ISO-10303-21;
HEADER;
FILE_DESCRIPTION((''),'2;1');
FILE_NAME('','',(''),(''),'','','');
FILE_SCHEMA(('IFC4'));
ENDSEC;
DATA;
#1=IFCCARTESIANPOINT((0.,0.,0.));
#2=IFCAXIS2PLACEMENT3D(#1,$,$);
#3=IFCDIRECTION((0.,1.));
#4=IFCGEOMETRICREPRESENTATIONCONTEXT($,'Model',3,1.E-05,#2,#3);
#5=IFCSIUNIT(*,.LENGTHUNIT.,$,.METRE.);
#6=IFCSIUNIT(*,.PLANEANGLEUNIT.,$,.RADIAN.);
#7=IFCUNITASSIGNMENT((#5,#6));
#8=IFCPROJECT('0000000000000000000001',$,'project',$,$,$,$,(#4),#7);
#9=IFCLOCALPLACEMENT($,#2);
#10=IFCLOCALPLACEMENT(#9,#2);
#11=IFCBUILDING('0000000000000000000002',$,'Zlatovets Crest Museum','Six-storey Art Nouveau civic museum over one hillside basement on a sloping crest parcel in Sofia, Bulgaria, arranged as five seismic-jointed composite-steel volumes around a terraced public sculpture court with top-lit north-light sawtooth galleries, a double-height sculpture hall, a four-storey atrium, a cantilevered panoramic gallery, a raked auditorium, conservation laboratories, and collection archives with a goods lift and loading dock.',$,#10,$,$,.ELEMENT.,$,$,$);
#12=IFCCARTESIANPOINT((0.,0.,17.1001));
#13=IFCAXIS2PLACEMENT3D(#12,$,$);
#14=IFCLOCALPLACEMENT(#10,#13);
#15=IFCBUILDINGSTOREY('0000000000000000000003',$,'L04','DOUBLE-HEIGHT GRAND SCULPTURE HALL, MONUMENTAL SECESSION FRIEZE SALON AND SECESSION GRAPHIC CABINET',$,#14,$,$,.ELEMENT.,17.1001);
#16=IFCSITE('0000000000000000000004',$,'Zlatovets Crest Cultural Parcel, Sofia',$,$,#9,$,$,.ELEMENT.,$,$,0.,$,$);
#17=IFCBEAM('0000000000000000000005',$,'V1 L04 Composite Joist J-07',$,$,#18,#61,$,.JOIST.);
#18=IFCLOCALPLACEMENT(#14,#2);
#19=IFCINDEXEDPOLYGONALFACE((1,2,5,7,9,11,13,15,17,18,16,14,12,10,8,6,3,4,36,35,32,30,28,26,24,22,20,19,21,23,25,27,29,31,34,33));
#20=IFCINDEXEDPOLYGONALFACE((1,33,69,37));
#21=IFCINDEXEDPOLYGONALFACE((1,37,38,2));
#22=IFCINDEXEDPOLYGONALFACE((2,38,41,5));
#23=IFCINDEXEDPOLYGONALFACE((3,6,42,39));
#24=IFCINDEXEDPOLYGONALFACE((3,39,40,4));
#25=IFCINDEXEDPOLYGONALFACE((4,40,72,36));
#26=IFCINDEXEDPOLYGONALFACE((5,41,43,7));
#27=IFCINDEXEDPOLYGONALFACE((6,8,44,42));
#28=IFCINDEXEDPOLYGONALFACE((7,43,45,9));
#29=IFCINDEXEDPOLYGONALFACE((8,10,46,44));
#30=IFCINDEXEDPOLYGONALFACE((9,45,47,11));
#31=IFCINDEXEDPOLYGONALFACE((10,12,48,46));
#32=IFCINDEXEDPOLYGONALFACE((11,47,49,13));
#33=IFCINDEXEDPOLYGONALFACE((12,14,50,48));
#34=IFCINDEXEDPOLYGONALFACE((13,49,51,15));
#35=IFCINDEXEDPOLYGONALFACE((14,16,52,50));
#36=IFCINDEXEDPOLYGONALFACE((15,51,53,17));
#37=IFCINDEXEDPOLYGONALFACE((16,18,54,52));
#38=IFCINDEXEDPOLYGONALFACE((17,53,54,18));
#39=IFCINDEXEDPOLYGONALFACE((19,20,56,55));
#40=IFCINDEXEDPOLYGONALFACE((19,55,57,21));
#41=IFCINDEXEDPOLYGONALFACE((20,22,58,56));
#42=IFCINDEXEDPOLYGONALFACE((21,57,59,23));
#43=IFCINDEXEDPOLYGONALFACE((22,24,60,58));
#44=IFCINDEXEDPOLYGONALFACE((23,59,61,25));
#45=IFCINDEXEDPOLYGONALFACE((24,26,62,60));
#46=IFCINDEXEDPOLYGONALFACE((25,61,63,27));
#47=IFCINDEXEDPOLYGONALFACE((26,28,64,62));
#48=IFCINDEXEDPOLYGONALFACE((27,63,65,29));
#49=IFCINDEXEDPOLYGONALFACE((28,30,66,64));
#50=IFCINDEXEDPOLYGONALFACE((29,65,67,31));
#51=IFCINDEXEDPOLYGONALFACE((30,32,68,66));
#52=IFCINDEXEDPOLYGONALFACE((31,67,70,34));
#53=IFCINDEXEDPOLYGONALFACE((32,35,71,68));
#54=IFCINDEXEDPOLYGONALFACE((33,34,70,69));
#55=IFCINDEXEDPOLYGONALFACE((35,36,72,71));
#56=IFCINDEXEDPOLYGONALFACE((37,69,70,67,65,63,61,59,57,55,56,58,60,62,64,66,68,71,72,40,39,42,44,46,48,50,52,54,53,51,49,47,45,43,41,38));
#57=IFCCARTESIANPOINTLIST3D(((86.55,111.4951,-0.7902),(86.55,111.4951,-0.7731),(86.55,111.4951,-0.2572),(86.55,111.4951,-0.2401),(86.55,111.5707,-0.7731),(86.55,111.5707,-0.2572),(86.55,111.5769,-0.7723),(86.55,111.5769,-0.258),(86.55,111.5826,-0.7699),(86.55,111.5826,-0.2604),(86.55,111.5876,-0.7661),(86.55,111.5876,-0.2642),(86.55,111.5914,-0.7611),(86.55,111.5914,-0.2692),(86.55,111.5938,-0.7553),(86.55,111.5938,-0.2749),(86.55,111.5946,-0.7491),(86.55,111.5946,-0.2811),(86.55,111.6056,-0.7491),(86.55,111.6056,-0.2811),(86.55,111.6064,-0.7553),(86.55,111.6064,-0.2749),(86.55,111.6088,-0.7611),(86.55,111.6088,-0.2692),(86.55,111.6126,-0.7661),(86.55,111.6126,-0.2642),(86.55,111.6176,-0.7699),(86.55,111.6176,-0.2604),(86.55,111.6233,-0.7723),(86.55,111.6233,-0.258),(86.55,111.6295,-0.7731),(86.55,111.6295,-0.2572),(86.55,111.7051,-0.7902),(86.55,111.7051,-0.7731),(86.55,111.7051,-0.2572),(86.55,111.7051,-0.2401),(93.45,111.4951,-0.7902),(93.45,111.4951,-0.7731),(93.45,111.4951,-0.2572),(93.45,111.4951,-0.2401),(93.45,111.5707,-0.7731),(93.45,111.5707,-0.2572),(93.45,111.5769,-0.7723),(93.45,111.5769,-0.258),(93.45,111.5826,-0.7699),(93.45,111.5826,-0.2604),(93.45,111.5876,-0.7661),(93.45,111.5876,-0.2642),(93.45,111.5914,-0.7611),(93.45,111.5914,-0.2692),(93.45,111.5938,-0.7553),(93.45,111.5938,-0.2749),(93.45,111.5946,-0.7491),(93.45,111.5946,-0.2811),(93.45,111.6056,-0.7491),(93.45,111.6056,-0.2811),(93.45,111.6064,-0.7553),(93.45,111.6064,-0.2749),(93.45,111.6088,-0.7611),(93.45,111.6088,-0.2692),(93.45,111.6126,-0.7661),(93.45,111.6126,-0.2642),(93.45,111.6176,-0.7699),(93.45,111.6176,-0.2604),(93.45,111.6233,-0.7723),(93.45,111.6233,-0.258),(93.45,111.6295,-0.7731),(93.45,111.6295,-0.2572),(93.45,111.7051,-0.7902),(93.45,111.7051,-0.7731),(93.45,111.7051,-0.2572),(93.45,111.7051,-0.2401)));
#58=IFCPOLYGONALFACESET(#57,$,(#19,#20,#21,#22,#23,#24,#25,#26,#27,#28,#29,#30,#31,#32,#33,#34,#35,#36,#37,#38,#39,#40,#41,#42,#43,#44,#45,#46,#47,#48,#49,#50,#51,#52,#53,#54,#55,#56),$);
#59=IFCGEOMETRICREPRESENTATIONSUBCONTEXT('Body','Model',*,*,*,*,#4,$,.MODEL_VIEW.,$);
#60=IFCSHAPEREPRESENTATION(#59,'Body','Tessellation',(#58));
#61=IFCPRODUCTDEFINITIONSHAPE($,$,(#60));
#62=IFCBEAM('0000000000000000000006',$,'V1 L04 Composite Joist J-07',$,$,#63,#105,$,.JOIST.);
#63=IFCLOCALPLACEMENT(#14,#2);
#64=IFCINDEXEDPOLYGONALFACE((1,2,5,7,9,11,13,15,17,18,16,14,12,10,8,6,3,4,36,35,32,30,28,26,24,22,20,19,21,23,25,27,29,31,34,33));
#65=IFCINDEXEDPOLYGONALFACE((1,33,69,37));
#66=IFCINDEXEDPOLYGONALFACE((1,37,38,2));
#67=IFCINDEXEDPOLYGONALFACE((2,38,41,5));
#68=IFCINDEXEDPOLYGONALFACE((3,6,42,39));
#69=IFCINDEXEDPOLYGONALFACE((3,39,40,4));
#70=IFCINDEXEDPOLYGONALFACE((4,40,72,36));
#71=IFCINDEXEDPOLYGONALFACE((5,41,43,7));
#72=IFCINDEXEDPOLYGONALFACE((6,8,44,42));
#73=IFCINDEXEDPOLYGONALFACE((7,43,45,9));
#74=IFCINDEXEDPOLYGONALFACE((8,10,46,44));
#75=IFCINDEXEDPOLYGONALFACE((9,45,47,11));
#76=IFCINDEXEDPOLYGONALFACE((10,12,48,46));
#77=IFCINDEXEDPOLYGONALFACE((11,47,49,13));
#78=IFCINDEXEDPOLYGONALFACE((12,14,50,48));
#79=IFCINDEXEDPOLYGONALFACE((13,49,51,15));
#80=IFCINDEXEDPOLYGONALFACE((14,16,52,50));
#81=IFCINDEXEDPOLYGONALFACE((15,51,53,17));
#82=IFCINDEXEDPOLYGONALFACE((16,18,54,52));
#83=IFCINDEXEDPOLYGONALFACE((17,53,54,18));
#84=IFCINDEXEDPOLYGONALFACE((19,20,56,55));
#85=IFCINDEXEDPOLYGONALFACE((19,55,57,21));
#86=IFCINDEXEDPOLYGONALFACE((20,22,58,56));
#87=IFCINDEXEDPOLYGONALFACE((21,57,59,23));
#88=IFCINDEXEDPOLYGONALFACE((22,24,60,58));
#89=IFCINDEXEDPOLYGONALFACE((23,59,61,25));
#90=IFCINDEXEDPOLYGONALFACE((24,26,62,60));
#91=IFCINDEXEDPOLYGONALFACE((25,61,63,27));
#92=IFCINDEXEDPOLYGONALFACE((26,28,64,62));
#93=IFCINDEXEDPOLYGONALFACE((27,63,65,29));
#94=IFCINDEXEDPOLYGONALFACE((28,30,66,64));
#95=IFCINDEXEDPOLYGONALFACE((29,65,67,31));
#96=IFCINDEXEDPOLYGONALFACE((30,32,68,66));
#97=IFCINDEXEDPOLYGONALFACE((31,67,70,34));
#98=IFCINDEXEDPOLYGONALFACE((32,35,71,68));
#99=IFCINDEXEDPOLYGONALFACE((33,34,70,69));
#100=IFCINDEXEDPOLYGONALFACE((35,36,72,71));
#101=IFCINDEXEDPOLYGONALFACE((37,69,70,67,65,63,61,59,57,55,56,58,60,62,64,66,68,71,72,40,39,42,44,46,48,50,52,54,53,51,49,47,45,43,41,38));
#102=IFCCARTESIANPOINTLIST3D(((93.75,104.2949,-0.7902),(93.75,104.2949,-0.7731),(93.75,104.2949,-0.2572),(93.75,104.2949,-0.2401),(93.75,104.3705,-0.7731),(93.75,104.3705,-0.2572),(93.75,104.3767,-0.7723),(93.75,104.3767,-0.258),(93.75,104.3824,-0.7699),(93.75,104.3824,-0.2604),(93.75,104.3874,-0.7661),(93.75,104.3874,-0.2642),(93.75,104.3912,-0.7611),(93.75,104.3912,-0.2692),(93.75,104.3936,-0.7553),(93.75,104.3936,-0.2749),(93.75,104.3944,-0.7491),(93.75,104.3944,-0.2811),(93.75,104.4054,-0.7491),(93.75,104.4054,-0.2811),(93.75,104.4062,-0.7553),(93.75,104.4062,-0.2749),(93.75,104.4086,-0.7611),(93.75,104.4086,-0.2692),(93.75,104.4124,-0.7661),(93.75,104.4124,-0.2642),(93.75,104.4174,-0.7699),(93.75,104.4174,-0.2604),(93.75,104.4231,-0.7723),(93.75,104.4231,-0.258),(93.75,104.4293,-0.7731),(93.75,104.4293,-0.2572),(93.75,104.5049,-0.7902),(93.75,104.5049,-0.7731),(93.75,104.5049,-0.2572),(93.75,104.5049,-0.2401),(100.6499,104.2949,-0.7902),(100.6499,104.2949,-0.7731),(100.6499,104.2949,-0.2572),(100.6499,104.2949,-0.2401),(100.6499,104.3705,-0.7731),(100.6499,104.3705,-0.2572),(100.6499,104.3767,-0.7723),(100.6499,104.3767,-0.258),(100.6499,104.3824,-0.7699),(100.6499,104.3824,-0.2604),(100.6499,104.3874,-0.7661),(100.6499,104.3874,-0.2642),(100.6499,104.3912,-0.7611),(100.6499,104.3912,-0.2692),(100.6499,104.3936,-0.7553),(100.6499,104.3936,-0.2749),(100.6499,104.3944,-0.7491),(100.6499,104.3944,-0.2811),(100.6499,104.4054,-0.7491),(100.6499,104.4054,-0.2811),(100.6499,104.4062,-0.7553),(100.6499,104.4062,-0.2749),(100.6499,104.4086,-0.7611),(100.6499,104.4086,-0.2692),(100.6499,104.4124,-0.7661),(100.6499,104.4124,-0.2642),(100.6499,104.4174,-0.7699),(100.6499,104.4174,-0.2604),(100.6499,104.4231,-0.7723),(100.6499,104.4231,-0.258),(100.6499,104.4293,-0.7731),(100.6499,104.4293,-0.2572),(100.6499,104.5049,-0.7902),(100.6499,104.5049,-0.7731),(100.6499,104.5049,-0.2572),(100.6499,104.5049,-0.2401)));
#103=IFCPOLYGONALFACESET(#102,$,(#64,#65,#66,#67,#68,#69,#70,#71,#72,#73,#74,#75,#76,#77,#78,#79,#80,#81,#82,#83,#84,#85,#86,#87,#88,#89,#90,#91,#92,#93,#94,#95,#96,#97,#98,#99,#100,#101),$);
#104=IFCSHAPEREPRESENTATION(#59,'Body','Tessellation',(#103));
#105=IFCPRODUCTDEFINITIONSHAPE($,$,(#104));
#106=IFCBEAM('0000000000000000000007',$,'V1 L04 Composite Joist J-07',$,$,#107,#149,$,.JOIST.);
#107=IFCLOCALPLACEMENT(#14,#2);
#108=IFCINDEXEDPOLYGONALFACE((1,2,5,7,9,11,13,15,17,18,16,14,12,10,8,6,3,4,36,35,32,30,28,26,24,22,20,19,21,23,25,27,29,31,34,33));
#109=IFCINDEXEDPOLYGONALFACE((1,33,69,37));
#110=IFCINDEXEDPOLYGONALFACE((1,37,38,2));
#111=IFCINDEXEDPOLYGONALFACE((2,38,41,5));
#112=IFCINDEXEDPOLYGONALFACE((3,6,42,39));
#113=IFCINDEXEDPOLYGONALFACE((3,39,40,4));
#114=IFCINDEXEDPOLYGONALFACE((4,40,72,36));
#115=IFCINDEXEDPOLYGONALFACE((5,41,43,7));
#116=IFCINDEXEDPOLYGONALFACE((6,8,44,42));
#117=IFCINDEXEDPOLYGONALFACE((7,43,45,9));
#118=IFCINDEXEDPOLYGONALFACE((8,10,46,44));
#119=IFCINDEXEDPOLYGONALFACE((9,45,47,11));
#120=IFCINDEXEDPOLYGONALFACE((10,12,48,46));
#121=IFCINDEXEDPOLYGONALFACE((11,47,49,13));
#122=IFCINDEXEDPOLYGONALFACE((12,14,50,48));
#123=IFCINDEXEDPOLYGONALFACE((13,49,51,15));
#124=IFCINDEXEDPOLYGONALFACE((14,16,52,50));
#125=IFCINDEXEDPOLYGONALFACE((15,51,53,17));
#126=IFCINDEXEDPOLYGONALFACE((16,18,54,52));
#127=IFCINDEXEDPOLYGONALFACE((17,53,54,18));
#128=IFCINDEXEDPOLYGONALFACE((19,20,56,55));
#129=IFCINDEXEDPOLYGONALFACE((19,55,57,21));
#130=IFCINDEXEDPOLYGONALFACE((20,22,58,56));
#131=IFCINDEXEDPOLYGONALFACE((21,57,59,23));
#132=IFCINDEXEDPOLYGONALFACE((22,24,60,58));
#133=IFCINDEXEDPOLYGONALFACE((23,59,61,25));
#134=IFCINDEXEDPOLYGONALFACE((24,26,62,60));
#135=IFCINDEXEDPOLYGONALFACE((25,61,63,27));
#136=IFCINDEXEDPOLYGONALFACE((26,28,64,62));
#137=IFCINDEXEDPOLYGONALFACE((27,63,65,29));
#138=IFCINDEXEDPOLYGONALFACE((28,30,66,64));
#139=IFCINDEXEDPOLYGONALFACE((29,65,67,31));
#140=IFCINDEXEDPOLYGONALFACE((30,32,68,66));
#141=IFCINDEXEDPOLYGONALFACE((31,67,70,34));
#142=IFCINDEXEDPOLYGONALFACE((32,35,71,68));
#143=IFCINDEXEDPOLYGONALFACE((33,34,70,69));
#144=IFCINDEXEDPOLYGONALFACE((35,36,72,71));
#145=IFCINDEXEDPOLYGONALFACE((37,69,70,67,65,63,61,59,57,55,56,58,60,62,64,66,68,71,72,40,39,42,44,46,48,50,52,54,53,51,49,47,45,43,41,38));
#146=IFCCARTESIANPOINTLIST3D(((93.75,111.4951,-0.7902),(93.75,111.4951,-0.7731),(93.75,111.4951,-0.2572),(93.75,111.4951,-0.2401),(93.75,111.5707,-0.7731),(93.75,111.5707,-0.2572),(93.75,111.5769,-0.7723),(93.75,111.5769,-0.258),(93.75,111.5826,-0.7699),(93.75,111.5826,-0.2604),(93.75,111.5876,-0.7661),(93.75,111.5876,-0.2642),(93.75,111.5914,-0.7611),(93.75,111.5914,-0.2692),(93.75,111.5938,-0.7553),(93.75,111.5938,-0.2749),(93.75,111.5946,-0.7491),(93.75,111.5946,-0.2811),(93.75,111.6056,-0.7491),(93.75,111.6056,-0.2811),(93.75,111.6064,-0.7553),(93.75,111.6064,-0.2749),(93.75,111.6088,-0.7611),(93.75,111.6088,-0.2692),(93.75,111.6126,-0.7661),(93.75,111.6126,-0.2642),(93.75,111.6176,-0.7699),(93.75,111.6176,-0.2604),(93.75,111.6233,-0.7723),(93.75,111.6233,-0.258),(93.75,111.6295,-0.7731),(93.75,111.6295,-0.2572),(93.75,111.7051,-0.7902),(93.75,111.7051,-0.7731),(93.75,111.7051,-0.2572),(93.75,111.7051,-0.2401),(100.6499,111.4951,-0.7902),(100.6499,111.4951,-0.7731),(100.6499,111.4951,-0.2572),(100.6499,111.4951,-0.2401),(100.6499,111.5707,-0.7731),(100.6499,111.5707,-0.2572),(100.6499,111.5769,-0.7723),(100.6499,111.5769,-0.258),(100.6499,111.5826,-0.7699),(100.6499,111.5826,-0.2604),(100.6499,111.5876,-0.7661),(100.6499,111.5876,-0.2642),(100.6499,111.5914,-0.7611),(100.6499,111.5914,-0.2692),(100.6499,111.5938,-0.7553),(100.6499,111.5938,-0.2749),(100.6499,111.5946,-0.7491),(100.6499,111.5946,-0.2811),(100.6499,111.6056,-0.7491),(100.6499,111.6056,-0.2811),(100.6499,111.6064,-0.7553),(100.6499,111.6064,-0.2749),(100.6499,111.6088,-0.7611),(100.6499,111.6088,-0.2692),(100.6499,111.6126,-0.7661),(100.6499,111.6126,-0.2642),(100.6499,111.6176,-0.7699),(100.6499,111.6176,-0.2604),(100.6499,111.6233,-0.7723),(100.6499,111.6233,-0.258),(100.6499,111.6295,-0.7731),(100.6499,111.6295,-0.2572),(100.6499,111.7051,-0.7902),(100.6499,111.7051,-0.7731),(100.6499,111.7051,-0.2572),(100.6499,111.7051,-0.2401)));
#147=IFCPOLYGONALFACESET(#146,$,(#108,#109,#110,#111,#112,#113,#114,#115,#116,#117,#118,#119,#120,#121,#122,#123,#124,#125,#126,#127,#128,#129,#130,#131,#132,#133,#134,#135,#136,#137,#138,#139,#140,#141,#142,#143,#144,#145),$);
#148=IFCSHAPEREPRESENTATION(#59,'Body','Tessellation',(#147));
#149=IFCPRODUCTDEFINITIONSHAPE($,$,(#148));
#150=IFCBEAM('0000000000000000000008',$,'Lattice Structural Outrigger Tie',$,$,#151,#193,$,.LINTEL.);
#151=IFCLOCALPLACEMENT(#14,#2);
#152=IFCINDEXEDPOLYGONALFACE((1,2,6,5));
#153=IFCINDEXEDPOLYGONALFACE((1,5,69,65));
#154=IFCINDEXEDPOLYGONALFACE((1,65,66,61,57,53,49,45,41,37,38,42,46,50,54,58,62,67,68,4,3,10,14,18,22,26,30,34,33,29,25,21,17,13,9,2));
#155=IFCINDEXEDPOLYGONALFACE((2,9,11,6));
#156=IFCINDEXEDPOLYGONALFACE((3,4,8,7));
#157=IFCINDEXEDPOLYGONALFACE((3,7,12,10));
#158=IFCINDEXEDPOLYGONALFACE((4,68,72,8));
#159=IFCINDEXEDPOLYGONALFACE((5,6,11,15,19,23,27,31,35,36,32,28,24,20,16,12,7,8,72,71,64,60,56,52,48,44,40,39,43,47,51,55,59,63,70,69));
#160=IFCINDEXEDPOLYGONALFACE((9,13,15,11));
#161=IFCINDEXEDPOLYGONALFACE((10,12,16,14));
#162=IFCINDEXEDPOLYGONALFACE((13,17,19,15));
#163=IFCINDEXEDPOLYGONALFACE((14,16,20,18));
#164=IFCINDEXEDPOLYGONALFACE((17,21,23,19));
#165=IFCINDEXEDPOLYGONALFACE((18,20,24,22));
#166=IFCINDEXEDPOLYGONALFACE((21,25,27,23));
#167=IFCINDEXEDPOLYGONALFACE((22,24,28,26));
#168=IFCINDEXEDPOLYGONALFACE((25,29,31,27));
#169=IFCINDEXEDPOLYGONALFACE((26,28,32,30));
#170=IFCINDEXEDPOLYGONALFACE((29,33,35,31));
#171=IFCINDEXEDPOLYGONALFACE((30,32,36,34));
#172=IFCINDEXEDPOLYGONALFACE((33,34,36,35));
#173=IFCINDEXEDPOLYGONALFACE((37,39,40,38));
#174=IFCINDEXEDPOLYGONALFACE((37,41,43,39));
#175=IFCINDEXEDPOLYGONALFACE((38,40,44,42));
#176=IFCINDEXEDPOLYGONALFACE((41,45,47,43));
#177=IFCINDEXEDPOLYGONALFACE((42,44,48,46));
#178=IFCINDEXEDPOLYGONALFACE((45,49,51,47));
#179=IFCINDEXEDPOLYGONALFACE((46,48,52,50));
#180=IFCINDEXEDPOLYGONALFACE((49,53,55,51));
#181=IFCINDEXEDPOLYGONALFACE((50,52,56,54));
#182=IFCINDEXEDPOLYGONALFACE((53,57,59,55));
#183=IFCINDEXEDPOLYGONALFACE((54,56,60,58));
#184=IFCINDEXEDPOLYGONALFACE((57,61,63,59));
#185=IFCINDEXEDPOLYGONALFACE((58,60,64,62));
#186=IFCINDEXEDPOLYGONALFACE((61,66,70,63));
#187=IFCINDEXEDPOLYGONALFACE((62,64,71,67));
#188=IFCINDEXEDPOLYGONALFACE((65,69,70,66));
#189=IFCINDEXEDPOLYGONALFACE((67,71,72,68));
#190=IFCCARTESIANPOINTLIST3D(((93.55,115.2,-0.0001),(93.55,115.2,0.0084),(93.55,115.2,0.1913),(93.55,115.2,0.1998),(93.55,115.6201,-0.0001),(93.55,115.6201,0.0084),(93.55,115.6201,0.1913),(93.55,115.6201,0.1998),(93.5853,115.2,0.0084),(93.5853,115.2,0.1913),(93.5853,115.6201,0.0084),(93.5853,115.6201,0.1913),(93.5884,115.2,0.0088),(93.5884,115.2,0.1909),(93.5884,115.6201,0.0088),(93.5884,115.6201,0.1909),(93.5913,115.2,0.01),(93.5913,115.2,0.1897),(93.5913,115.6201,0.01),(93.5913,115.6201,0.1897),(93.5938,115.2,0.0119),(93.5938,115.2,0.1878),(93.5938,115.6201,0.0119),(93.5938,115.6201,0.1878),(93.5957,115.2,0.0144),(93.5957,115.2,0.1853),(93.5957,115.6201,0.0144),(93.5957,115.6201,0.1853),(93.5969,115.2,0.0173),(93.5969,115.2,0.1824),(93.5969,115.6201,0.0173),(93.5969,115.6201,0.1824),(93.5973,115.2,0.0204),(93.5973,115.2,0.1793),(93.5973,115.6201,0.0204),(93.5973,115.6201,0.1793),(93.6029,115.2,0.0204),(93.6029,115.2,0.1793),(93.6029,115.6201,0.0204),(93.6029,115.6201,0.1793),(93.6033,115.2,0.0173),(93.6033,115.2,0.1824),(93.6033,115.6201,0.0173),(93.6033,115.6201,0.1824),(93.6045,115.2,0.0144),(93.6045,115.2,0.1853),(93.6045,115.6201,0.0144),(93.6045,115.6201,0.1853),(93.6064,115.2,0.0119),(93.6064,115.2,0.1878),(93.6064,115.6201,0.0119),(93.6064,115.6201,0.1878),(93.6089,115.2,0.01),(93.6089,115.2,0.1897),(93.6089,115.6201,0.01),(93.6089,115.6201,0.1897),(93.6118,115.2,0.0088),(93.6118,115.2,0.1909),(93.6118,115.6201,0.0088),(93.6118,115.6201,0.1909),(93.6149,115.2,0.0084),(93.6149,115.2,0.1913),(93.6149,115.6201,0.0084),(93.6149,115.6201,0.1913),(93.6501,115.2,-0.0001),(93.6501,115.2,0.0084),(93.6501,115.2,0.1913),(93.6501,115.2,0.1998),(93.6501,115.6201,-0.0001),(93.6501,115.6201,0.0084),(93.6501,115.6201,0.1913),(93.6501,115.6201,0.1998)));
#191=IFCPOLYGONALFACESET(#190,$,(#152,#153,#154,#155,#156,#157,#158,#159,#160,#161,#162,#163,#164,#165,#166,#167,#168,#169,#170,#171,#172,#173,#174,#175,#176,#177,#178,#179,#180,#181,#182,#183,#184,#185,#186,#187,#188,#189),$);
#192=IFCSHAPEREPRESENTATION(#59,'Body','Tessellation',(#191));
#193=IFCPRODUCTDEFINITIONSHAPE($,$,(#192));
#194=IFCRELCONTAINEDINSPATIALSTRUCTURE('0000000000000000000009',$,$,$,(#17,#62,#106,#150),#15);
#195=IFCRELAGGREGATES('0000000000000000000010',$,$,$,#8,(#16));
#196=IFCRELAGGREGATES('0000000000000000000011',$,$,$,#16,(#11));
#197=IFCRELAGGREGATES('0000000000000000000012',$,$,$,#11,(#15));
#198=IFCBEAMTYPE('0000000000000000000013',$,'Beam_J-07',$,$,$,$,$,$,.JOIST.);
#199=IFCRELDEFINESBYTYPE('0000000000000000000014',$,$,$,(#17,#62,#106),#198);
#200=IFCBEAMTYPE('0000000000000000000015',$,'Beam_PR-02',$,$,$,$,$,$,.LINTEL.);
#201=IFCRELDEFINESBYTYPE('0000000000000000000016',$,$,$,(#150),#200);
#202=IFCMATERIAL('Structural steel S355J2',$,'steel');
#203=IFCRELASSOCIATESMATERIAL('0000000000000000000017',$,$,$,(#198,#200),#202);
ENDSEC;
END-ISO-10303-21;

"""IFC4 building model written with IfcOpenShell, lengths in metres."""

from ifc_helpers import new_model, si_unit, direction, frame, origin, origin_2d, place, context, subcontext, project, spatial, i_section, extrude, material, material_profile, profile_set, type_object, element, save


model = new_model("IFC4")

# Units and contexts
model_context = context("Model", 3, precision=1e-05, world=origin(), true_north=direction((0.0, 1.0)))
body_context = subcontext(model_context, "Body", "Model", "MODEL_VIEW")
ifc_project = project(units=[si_unit("LENGTHUNIT", "METRE"), si_unit("PLANEANGLEUNIT", "RADIAN")], contexts=[model_context])

# Site, building, storey
site_placement = place(None, origin())
site = spatial("IfcSite", under=ifc_project, at=site_placement, Name="Zlatovets Crest Cultural Parcel, Sofia", CompositionType="ELEMENT", RefElevation=0.0)
building_placement = place(site_placement, origin())
building = spatial("IfcBuilding", under=site, at=building_placement, Name="Zlatovets Crest Museum", Description="Six-storey Art Nouveau civic museum over one hillside basement on a sloping crest parcel in Sofia, Bulgaria, arranged as five seismic-jointed composite-steel volumes around a terraced public sculpture court with top-lit north-light sawtooth galleries, a double-height sculpture hall, a four-storey atrium, a cantilevered panoramic gallery, a raked auditorium, conservation laboratories, and collection archives with a goods lift and loading dock.", CompositionType="ELEMENT")
storey_placement = place(building_placement, frame((0.0, 0.0, 17.1001)))
storey = spatial("IfcBuildingStorey", under=building, at=storey_placement, Name="L04", Description="DOUBLE-HEIGHT GRAND SCULPTURE HALL, MONUMENTAL SECESSION FRIEZE SALON AND SECESSION GRAPHIC CABINET", CompositionType="ELEMENT", Elevation=17.1001)

# Shared definitions
ifc_material_1 = material(Name="Structural steel S355J2", Category="steel")

# Beams
ifc_material_profile_1 = material_profile(ifc_material_1, i_section(OverallWidth=0.21, OverallDepth=0.55, WebThickness=0.011, FlangeThickness=0.0171, FilletRadius=0.0239, at=origin_2d()), Name="IPE 550")
ifc_profile_set_1 = profile_set([ifc_material_profile_1], Name="Structural steel S355J2")
beam_type_1 = type_object("IfcBeamType", Name="Beam_J-07", PredefinedType="JOIST", material=ifc_profile_set_1)
for number, where, z_axis, x_axis, name in (
    (1, (86.55, 111.6001, -0.5151), (1.0, 0.0, 0.0), (0.0, 1.0, 0.0), "V1 L04 Composite Joist J-07"),
    (2, (93.75, 104.3999, -0.5151), (1.0, 0.0, 0.0), (0.0, 1.0, 0.0), "V1 L04 Composite Joist J-07"),
    (3, (93.75, 111.6001, -0.5151), (1.0, 0.0, 0.0), (0.0, 1.0, 0.0), "V1 L04 Composite Joist J-07"),
):
    element("IfcBeam", number, at=place(storey_placement, frame(where, z_axis=z_axis, x_axis=x_axis)), inside=storey, type_object=beam_type_1, Name=name, PredefinedType="JOIST", context=body_context, shape_type="SweptSolid", body=[
        extrude(i_section(OverallWidth=0.21, OverallDepth=0.55, WebThickness=0.011, FlangeThickness=0.0171, FilletRadius=0.0239, at=origin_2d()), origin(), (0.0, 0.0, 1.0), 6.8999),
    ])
ifc_material_profile_2 = material_profile(ifc_material_1, i_section(OverallWidth=0.1001, OverallDepth=0.2, WebThickness=0.0056, FlangeThickness=0.0085, FilletRadius=0.012, at=origin_2d()), Name="IPE 200")
ifc_profile_set_2 = profile_set([ifc_material_profile_2], Name="Structural steel S355J2")
beam_type_2 = type_object("IfcBeamType", Name="Beam_PR-02", PredefinedType="LINTEL", material=ifc_profile_set_2)
for number, where, z_axis, x_axis, name in (
    (4, (93.6001, 115.2, 0.0999), (0.0, 1.0, 0.0), (-1.0, 0.0, 0.0), "Lattice Structural Outrigger Tie"),
):
    element("IfcBeam", number, at=place(storey_placement, frame(where, z_axis=z_axis, x_axis=x_axis)), inside=storey, type_object=beam_type_2, Name=name, PredefinedType="LINTEL", context=body_context, shape_type="SweptSolid", body=[
        extrude(i_section(OverallWidth=0.1001, OverallDepth=0.2, WebThickness=0.0056, FlangeThickness=0.0085, FilletRadius=0.012, at=origin_2d()), origin(), (0.0, 0.0, 1.0), 0.4202),
    ])

save(model, "model.ifc")
